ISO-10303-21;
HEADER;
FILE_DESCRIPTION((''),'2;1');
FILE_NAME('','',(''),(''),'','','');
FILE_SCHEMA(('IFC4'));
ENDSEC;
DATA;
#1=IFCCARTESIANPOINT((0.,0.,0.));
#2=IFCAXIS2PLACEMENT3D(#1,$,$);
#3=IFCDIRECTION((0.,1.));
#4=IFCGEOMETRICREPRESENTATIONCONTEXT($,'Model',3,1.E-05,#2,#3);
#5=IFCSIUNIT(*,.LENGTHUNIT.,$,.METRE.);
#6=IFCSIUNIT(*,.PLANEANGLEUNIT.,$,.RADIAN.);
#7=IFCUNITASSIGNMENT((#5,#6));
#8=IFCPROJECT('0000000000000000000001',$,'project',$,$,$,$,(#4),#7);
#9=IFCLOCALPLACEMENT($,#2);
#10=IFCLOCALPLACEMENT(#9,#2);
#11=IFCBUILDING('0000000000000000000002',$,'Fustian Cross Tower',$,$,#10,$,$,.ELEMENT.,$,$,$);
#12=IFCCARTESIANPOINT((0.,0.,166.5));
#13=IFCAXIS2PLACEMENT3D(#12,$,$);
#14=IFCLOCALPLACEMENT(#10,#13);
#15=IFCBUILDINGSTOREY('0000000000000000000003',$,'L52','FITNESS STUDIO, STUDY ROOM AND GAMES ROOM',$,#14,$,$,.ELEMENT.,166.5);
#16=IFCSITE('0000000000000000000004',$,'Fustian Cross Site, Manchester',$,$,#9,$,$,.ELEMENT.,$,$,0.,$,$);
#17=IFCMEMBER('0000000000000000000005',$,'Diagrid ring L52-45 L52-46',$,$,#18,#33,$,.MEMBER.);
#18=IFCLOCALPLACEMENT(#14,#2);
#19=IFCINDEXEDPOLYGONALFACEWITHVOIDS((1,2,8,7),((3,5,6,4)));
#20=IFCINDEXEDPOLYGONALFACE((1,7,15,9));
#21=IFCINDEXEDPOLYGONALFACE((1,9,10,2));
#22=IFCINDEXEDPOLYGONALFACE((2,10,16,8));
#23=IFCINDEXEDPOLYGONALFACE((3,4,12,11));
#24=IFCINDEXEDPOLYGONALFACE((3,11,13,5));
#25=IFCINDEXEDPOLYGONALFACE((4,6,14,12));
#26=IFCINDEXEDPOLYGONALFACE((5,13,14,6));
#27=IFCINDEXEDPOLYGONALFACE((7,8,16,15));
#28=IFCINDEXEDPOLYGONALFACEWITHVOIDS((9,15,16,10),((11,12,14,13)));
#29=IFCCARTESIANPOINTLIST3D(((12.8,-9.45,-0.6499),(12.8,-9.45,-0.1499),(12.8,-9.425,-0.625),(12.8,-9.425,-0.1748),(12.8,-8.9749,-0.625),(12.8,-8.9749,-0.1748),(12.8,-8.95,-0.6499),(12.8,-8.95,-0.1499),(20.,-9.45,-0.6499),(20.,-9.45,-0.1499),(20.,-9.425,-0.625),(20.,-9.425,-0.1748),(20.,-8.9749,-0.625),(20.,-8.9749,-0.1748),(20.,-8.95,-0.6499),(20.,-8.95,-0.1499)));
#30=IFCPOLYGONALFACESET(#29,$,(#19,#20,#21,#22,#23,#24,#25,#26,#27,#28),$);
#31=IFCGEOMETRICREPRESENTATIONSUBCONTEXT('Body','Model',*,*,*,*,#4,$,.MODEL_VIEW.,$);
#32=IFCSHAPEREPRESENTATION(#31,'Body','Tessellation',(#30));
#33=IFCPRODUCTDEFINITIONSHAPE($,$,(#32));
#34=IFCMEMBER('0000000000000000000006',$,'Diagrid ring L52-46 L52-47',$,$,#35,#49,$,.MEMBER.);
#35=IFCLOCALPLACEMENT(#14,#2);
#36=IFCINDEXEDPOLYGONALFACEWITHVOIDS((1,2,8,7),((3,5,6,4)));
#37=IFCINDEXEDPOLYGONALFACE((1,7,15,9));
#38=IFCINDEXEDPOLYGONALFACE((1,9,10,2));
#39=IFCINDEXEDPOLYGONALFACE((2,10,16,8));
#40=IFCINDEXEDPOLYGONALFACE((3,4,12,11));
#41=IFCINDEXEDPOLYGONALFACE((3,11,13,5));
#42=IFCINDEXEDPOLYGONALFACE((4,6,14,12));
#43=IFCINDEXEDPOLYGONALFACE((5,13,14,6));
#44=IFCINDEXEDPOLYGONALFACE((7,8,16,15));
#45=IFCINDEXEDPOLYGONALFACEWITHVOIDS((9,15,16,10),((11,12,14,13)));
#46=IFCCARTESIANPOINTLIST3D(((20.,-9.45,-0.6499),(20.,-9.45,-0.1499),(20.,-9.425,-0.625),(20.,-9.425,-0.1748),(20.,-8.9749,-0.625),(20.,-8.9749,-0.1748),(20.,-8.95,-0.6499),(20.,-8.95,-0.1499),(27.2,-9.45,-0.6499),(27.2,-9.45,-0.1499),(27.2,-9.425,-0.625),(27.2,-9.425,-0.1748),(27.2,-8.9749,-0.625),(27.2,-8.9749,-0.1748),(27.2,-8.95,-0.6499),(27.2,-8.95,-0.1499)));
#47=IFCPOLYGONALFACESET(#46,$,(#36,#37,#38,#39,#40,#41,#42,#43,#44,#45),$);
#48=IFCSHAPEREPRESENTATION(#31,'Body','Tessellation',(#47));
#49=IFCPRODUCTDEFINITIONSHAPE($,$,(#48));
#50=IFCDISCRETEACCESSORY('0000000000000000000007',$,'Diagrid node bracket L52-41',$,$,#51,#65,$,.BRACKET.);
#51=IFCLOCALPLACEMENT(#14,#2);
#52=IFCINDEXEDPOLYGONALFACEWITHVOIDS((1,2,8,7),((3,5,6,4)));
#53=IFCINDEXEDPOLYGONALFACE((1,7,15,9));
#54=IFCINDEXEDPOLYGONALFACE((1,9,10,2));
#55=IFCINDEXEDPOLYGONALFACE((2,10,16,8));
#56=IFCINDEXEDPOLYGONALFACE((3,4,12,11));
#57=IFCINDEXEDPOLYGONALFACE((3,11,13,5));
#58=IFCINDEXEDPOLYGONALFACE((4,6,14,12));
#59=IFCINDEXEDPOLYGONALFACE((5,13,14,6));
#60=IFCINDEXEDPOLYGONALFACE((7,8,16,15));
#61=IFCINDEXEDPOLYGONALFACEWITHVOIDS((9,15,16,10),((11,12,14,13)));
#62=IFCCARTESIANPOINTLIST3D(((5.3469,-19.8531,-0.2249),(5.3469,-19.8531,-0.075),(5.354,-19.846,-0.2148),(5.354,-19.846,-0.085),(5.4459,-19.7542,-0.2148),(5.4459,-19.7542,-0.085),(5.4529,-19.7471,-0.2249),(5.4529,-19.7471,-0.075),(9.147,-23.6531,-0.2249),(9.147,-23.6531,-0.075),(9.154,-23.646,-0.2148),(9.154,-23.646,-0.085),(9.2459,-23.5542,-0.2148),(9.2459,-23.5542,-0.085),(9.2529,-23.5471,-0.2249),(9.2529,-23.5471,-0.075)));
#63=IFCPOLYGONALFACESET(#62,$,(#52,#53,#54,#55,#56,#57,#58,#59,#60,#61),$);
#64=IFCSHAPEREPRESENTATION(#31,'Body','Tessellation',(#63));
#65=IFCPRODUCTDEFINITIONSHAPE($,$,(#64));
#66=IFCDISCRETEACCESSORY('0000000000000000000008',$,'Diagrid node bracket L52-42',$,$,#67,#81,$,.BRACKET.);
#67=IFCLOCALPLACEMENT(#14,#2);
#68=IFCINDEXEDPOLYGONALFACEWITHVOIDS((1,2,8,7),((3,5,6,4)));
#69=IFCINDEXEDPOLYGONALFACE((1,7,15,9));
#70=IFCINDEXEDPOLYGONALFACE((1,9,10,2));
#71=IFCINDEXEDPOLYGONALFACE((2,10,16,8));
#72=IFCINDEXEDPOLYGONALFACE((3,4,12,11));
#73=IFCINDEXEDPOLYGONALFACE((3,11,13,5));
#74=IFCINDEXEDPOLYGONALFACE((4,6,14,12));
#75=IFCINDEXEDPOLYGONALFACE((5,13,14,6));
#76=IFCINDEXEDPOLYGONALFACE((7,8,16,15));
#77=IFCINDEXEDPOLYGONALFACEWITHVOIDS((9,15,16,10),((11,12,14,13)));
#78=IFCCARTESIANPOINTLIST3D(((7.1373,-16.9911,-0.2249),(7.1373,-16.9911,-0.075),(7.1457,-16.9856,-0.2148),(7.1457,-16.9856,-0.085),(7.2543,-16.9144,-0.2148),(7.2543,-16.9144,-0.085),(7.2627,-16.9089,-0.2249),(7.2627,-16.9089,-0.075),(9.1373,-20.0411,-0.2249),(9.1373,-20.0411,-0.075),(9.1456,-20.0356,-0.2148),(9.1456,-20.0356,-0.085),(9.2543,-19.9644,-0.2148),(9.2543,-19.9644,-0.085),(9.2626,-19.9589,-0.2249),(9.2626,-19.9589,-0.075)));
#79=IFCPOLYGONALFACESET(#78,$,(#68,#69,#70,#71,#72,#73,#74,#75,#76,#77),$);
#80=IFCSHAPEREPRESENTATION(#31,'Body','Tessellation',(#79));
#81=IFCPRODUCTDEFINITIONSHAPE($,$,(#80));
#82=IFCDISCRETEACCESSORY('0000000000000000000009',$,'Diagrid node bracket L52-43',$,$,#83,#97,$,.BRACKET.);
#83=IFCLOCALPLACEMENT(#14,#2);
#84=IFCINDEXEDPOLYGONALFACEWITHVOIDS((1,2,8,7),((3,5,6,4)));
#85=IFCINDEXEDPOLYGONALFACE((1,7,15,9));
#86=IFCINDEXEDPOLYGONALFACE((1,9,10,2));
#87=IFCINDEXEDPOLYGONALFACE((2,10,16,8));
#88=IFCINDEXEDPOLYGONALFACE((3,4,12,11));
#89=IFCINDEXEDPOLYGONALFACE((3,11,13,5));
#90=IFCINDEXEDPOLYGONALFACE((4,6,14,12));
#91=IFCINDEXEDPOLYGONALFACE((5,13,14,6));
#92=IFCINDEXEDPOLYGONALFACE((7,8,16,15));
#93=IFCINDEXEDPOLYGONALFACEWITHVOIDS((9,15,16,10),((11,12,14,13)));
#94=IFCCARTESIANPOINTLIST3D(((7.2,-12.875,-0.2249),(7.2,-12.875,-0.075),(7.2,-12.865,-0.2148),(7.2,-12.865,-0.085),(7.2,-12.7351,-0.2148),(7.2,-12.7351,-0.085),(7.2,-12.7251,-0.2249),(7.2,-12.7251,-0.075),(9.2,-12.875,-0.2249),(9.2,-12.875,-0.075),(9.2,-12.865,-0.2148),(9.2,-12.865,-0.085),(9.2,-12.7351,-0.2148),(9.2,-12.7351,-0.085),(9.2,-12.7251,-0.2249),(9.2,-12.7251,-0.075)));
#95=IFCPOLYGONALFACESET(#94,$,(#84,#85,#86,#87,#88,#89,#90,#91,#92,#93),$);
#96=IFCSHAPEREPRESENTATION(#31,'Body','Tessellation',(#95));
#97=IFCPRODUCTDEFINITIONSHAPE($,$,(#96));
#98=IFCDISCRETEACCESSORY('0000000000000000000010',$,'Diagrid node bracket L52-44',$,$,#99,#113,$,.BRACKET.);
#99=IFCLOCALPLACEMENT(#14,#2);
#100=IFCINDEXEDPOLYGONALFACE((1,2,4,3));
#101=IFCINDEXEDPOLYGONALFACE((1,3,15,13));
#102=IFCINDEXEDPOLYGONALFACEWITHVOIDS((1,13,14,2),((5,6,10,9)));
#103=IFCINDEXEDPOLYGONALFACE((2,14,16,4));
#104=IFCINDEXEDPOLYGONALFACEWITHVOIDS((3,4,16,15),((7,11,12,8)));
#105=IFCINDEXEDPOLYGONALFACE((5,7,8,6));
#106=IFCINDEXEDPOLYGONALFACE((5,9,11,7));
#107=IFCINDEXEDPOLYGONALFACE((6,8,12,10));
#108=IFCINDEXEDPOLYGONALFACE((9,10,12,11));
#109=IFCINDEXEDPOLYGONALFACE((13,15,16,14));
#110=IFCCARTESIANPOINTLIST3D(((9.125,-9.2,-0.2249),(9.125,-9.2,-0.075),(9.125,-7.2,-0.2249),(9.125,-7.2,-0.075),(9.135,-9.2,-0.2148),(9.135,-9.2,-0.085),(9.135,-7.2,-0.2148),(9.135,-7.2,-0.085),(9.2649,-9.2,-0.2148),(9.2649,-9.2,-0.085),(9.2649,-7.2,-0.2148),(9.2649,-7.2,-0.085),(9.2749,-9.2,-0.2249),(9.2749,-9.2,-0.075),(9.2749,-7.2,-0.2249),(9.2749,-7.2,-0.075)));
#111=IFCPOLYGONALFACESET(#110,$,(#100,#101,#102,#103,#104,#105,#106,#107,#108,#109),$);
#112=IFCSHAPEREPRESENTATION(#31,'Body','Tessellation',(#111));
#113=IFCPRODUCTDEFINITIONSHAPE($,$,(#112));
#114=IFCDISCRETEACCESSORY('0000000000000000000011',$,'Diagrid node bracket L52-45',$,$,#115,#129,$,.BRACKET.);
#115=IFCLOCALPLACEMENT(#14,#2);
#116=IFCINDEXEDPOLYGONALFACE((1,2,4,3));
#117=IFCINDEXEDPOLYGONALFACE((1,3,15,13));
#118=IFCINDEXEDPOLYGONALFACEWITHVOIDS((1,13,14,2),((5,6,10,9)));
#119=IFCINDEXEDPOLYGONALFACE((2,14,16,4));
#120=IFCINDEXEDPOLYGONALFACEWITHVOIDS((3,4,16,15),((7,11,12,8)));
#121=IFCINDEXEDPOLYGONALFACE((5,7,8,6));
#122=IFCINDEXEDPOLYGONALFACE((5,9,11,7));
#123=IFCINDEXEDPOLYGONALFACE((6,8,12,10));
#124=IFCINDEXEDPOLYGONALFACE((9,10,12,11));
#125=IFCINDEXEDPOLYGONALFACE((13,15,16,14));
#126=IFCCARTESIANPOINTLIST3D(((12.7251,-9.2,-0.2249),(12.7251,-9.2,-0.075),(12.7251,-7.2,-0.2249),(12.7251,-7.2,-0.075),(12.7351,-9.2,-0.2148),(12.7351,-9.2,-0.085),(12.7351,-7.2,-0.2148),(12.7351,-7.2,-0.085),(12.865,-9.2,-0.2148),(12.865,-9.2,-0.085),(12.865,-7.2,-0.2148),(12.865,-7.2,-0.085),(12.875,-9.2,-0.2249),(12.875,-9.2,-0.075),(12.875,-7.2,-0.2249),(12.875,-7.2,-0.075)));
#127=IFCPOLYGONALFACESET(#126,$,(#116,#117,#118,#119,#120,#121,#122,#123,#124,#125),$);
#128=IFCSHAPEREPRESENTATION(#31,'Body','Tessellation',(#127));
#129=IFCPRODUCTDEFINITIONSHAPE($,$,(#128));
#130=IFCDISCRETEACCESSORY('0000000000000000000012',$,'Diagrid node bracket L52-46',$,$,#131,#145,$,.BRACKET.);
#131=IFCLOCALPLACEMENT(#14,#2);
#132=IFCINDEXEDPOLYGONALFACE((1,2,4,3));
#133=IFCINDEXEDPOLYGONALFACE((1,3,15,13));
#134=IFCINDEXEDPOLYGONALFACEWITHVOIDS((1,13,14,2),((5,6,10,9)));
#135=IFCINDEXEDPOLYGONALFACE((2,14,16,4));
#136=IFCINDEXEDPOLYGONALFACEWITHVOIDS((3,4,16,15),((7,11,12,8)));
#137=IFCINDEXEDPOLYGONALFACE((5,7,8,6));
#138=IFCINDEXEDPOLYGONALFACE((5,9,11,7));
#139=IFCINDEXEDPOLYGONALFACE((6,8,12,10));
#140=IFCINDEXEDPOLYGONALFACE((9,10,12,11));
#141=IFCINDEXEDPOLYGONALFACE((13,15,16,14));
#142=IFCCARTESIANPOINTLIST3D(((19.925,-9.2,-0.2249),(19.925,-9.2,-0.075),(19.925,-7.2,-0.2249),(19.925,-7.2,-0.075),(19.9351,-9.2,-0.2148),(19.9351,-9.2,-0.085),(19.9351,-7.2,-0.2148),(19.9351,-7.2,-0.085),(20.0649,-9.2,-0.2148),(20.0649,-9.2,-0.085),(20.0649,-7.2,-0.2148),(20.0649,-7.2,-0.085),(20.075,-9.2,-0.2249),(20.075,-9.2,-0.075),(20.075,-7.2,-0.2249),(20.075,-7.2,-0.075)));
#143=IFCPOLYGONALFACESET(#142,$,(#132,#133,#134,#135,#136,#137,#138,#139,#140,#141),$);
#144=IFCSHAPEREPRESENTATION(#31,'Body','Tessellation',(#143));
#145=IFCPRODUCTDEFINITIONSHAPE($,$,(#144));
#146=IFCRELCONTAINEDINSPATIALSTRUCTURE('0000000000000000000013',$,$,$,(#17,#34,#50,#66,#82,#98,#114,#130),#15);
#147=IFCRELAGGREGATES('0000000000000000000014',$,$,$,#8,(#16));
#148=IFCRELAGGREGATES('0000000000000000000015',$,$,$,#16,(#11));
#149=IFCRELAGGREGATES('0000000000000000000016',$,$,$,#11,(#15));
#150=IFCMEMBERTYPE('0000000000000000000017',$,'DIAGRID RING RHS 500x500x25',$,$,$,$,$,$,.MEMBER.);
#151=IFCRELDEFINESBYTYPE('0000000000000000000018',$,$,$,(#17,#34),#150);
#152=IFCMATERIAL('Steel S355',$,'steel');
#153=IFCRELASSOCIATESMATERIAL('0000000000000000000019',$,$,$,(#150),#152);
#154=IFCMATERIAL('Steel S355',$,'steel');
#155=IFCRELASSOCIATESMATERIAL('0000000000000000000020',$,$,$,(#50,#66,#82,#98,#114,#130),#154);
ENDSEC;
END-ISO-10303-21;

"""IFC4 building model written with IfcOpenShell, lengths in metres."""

from ifc_helpers import new_model, si_unit, direction, frame, origin, origin_2d, place, context, subcontext, project, spatial, hollow_rectangle, extrude, material, material_profile, profile_set, type_object, element, save


model = new_model("IFC4")

# Units and contexts
model_context = context("Model", 3, precision=1e-05, world=origin(), true_north=direction((0.0, 1.0)))
body_context = subcontext(model_context, "Body", "Model", "MODEL_VIEW")
ifc_project = project(units=[si_unit("LENGTHUNIT", "METRE"), si_unit("PLANEANGLEUNIT", "RADIAN")], contexts=[model_context])

# Site, building, storey
site_placement = place(None, origin())
site = spatial("IfcSite", under=ifc_project, at=site_placement, Name="Fustian Cross Site, Manchester", CompositionType="ELEMENT", RefElevation=0.0)
building_placement = place(site_placement, origin())
building = spatial("IfcBuilding", under=site, at=building_placement, Name="Fustian Cross Tower", CompositionType="ELEMENT")
storey_placement = place(building_placement, frame((0.0, 0.0, 166.5)))
storey = spatial("IfcBuildingStorey", under=building, at=storey_placement, Name="L52", Description="FITNESS STUDIO, STUDY ROOM AND GAMES ROOM", CompositionType="ELEMENT", Elevation=166.5)

# Members
ifc_material_1 = material(Name="Steel S355", Category="steel")
ifc_material_profile_1 = material_profile(ifc_material_1, hollow_rectangle(XDim=0.5, YDim=0.5, WallThickness=0.0249, at=origin_2d()), Name="RHS 500x500x25")
ifc_profile_set_1 = profile_set([ifc_material_profile_1], Name="Steel S355")
member_type_1 = type_object("IfcMemberType", Name="DIAGRID RING RHS 500x500x25", PredefinedType="MEMBER", material=ifc_profile_set_1)
for number, where, z_axis, x_axis, name in (
    (1, (12.8, -9.2, -0.3999), (1.0, 0.0, 0.0), (0.0, 1.0, 0.0), "Diagrid ring L52-45 L52-46"),
    (2, (20.0, -9.2, -0.3999), (1.0, 0.0, 0.0), (0.0, 1.0, 0.0), "Diagrid ring L52-46 L52-47"),
):
    element("IfcMember", number, at=place(storey_placement, frame(where, z_axis=z_axis, x_axis=x_axis)), inside=storey, type_object=member_type_1, Name=name, PredefinedType="MEMBER", context=body_context, shape_type="SweptSolid", body=[
        extrude(hollow_rectangle(XDim=0.5, YDim=0.5, WallThickness=0.0249, at=origin_2d()), origin(), (0.0, 0.0, 1.0), 7.2),
    ])

# Discrete accessories
ifc_material_2 = material(Name="Steel S355", Category="steel")
discrete_accessory_1_placement = place(storey_placement, frame((9.2, -23.6001, -0.1499), z_axis=(-0.707107, 0.707107, 0.0), x_axis=(-0.707107, -0.707107, 0.0)))
element("IfcDiscreteAccessory", 3, at=discrete_accessory_1_placement, inside=storey, material=ifc_material_2, Name="Diagrid node bracket L52-41", PredefinedType="BRACKET", context=body_context, shape_type="SweptSolid", body=[
    extrude(hollow_rectangle(XDim=0.1499, YDim=0.1499, WallThickness=0.01, at=origin_2d()), origin(), (0.0, 0.0, 1.0), 5.374),
])
discrete_accessory_2_placement = place(storey_placement, frame((9.2, -20.0, -0.1499), z_axis=(-0.548351, 0.836248, 0.0), x_axis=(-0.836248, -0.548351, 0.0)))
element("IfcDiscreteAccessory", 4, at=discrete_accessory_2_placement, inside=storey, material=ifc_material_2, Name="Diagrid node bracket L52-42", PredefinedType="BRACKET", context=body_context, shape_type="SweptSolid", body=[
    extrude(hollow_rectangle(XDim=0.1499, YDim=0.1499, WallThickness=0.01, at=origin_2d()), origin(), (0.0, 0.0, 1.0), 3.6472),
])
for number, where, z_axis, x_axis, name in (
    (5, (9.2, -12.8, -0.1499), (-1.0, 0.0, 0.0), (0.0, -1.0, 0.0), "Diagrid node bracket L52-43"),
    (6, (9.2, -9.2, -0.1499), (0.0, 1.0, 0.0), (-1.0, 0.0, 0.0), "Diagrid node bracket L52-44"),
    (7, (12.8, -9.2, -0.1499), (0.0, 1.0, 0.0), (-1.0, 0.0, 0.0), "Diagrid node bracket L52-45"),
    (8, (20.0, -9.2, -0.1499), (0.0, 1.0, 0.0), (-1.0, 0.0, 0.0), "Diagrid node bracket L52-46"),
):
    element("IfcDiscreteAccessory", number, at=place(storey_placement, frame(where, z_axis=z_axis, x_axis=x_axis)), inside=storey, material=ifc_material_2, Name=name, PredefinedType="BRACKET", context=body_context, shape_type="SweptSolid", body=[
        extrude(hollow_rectangle(XDim=0.1499, YDim=0.1499, WallThickness=0.01, at=origin_2d()), origin(), (0.0, 0.0, 1.0), 2.0),
    ])

save(model, "model.ifc")
